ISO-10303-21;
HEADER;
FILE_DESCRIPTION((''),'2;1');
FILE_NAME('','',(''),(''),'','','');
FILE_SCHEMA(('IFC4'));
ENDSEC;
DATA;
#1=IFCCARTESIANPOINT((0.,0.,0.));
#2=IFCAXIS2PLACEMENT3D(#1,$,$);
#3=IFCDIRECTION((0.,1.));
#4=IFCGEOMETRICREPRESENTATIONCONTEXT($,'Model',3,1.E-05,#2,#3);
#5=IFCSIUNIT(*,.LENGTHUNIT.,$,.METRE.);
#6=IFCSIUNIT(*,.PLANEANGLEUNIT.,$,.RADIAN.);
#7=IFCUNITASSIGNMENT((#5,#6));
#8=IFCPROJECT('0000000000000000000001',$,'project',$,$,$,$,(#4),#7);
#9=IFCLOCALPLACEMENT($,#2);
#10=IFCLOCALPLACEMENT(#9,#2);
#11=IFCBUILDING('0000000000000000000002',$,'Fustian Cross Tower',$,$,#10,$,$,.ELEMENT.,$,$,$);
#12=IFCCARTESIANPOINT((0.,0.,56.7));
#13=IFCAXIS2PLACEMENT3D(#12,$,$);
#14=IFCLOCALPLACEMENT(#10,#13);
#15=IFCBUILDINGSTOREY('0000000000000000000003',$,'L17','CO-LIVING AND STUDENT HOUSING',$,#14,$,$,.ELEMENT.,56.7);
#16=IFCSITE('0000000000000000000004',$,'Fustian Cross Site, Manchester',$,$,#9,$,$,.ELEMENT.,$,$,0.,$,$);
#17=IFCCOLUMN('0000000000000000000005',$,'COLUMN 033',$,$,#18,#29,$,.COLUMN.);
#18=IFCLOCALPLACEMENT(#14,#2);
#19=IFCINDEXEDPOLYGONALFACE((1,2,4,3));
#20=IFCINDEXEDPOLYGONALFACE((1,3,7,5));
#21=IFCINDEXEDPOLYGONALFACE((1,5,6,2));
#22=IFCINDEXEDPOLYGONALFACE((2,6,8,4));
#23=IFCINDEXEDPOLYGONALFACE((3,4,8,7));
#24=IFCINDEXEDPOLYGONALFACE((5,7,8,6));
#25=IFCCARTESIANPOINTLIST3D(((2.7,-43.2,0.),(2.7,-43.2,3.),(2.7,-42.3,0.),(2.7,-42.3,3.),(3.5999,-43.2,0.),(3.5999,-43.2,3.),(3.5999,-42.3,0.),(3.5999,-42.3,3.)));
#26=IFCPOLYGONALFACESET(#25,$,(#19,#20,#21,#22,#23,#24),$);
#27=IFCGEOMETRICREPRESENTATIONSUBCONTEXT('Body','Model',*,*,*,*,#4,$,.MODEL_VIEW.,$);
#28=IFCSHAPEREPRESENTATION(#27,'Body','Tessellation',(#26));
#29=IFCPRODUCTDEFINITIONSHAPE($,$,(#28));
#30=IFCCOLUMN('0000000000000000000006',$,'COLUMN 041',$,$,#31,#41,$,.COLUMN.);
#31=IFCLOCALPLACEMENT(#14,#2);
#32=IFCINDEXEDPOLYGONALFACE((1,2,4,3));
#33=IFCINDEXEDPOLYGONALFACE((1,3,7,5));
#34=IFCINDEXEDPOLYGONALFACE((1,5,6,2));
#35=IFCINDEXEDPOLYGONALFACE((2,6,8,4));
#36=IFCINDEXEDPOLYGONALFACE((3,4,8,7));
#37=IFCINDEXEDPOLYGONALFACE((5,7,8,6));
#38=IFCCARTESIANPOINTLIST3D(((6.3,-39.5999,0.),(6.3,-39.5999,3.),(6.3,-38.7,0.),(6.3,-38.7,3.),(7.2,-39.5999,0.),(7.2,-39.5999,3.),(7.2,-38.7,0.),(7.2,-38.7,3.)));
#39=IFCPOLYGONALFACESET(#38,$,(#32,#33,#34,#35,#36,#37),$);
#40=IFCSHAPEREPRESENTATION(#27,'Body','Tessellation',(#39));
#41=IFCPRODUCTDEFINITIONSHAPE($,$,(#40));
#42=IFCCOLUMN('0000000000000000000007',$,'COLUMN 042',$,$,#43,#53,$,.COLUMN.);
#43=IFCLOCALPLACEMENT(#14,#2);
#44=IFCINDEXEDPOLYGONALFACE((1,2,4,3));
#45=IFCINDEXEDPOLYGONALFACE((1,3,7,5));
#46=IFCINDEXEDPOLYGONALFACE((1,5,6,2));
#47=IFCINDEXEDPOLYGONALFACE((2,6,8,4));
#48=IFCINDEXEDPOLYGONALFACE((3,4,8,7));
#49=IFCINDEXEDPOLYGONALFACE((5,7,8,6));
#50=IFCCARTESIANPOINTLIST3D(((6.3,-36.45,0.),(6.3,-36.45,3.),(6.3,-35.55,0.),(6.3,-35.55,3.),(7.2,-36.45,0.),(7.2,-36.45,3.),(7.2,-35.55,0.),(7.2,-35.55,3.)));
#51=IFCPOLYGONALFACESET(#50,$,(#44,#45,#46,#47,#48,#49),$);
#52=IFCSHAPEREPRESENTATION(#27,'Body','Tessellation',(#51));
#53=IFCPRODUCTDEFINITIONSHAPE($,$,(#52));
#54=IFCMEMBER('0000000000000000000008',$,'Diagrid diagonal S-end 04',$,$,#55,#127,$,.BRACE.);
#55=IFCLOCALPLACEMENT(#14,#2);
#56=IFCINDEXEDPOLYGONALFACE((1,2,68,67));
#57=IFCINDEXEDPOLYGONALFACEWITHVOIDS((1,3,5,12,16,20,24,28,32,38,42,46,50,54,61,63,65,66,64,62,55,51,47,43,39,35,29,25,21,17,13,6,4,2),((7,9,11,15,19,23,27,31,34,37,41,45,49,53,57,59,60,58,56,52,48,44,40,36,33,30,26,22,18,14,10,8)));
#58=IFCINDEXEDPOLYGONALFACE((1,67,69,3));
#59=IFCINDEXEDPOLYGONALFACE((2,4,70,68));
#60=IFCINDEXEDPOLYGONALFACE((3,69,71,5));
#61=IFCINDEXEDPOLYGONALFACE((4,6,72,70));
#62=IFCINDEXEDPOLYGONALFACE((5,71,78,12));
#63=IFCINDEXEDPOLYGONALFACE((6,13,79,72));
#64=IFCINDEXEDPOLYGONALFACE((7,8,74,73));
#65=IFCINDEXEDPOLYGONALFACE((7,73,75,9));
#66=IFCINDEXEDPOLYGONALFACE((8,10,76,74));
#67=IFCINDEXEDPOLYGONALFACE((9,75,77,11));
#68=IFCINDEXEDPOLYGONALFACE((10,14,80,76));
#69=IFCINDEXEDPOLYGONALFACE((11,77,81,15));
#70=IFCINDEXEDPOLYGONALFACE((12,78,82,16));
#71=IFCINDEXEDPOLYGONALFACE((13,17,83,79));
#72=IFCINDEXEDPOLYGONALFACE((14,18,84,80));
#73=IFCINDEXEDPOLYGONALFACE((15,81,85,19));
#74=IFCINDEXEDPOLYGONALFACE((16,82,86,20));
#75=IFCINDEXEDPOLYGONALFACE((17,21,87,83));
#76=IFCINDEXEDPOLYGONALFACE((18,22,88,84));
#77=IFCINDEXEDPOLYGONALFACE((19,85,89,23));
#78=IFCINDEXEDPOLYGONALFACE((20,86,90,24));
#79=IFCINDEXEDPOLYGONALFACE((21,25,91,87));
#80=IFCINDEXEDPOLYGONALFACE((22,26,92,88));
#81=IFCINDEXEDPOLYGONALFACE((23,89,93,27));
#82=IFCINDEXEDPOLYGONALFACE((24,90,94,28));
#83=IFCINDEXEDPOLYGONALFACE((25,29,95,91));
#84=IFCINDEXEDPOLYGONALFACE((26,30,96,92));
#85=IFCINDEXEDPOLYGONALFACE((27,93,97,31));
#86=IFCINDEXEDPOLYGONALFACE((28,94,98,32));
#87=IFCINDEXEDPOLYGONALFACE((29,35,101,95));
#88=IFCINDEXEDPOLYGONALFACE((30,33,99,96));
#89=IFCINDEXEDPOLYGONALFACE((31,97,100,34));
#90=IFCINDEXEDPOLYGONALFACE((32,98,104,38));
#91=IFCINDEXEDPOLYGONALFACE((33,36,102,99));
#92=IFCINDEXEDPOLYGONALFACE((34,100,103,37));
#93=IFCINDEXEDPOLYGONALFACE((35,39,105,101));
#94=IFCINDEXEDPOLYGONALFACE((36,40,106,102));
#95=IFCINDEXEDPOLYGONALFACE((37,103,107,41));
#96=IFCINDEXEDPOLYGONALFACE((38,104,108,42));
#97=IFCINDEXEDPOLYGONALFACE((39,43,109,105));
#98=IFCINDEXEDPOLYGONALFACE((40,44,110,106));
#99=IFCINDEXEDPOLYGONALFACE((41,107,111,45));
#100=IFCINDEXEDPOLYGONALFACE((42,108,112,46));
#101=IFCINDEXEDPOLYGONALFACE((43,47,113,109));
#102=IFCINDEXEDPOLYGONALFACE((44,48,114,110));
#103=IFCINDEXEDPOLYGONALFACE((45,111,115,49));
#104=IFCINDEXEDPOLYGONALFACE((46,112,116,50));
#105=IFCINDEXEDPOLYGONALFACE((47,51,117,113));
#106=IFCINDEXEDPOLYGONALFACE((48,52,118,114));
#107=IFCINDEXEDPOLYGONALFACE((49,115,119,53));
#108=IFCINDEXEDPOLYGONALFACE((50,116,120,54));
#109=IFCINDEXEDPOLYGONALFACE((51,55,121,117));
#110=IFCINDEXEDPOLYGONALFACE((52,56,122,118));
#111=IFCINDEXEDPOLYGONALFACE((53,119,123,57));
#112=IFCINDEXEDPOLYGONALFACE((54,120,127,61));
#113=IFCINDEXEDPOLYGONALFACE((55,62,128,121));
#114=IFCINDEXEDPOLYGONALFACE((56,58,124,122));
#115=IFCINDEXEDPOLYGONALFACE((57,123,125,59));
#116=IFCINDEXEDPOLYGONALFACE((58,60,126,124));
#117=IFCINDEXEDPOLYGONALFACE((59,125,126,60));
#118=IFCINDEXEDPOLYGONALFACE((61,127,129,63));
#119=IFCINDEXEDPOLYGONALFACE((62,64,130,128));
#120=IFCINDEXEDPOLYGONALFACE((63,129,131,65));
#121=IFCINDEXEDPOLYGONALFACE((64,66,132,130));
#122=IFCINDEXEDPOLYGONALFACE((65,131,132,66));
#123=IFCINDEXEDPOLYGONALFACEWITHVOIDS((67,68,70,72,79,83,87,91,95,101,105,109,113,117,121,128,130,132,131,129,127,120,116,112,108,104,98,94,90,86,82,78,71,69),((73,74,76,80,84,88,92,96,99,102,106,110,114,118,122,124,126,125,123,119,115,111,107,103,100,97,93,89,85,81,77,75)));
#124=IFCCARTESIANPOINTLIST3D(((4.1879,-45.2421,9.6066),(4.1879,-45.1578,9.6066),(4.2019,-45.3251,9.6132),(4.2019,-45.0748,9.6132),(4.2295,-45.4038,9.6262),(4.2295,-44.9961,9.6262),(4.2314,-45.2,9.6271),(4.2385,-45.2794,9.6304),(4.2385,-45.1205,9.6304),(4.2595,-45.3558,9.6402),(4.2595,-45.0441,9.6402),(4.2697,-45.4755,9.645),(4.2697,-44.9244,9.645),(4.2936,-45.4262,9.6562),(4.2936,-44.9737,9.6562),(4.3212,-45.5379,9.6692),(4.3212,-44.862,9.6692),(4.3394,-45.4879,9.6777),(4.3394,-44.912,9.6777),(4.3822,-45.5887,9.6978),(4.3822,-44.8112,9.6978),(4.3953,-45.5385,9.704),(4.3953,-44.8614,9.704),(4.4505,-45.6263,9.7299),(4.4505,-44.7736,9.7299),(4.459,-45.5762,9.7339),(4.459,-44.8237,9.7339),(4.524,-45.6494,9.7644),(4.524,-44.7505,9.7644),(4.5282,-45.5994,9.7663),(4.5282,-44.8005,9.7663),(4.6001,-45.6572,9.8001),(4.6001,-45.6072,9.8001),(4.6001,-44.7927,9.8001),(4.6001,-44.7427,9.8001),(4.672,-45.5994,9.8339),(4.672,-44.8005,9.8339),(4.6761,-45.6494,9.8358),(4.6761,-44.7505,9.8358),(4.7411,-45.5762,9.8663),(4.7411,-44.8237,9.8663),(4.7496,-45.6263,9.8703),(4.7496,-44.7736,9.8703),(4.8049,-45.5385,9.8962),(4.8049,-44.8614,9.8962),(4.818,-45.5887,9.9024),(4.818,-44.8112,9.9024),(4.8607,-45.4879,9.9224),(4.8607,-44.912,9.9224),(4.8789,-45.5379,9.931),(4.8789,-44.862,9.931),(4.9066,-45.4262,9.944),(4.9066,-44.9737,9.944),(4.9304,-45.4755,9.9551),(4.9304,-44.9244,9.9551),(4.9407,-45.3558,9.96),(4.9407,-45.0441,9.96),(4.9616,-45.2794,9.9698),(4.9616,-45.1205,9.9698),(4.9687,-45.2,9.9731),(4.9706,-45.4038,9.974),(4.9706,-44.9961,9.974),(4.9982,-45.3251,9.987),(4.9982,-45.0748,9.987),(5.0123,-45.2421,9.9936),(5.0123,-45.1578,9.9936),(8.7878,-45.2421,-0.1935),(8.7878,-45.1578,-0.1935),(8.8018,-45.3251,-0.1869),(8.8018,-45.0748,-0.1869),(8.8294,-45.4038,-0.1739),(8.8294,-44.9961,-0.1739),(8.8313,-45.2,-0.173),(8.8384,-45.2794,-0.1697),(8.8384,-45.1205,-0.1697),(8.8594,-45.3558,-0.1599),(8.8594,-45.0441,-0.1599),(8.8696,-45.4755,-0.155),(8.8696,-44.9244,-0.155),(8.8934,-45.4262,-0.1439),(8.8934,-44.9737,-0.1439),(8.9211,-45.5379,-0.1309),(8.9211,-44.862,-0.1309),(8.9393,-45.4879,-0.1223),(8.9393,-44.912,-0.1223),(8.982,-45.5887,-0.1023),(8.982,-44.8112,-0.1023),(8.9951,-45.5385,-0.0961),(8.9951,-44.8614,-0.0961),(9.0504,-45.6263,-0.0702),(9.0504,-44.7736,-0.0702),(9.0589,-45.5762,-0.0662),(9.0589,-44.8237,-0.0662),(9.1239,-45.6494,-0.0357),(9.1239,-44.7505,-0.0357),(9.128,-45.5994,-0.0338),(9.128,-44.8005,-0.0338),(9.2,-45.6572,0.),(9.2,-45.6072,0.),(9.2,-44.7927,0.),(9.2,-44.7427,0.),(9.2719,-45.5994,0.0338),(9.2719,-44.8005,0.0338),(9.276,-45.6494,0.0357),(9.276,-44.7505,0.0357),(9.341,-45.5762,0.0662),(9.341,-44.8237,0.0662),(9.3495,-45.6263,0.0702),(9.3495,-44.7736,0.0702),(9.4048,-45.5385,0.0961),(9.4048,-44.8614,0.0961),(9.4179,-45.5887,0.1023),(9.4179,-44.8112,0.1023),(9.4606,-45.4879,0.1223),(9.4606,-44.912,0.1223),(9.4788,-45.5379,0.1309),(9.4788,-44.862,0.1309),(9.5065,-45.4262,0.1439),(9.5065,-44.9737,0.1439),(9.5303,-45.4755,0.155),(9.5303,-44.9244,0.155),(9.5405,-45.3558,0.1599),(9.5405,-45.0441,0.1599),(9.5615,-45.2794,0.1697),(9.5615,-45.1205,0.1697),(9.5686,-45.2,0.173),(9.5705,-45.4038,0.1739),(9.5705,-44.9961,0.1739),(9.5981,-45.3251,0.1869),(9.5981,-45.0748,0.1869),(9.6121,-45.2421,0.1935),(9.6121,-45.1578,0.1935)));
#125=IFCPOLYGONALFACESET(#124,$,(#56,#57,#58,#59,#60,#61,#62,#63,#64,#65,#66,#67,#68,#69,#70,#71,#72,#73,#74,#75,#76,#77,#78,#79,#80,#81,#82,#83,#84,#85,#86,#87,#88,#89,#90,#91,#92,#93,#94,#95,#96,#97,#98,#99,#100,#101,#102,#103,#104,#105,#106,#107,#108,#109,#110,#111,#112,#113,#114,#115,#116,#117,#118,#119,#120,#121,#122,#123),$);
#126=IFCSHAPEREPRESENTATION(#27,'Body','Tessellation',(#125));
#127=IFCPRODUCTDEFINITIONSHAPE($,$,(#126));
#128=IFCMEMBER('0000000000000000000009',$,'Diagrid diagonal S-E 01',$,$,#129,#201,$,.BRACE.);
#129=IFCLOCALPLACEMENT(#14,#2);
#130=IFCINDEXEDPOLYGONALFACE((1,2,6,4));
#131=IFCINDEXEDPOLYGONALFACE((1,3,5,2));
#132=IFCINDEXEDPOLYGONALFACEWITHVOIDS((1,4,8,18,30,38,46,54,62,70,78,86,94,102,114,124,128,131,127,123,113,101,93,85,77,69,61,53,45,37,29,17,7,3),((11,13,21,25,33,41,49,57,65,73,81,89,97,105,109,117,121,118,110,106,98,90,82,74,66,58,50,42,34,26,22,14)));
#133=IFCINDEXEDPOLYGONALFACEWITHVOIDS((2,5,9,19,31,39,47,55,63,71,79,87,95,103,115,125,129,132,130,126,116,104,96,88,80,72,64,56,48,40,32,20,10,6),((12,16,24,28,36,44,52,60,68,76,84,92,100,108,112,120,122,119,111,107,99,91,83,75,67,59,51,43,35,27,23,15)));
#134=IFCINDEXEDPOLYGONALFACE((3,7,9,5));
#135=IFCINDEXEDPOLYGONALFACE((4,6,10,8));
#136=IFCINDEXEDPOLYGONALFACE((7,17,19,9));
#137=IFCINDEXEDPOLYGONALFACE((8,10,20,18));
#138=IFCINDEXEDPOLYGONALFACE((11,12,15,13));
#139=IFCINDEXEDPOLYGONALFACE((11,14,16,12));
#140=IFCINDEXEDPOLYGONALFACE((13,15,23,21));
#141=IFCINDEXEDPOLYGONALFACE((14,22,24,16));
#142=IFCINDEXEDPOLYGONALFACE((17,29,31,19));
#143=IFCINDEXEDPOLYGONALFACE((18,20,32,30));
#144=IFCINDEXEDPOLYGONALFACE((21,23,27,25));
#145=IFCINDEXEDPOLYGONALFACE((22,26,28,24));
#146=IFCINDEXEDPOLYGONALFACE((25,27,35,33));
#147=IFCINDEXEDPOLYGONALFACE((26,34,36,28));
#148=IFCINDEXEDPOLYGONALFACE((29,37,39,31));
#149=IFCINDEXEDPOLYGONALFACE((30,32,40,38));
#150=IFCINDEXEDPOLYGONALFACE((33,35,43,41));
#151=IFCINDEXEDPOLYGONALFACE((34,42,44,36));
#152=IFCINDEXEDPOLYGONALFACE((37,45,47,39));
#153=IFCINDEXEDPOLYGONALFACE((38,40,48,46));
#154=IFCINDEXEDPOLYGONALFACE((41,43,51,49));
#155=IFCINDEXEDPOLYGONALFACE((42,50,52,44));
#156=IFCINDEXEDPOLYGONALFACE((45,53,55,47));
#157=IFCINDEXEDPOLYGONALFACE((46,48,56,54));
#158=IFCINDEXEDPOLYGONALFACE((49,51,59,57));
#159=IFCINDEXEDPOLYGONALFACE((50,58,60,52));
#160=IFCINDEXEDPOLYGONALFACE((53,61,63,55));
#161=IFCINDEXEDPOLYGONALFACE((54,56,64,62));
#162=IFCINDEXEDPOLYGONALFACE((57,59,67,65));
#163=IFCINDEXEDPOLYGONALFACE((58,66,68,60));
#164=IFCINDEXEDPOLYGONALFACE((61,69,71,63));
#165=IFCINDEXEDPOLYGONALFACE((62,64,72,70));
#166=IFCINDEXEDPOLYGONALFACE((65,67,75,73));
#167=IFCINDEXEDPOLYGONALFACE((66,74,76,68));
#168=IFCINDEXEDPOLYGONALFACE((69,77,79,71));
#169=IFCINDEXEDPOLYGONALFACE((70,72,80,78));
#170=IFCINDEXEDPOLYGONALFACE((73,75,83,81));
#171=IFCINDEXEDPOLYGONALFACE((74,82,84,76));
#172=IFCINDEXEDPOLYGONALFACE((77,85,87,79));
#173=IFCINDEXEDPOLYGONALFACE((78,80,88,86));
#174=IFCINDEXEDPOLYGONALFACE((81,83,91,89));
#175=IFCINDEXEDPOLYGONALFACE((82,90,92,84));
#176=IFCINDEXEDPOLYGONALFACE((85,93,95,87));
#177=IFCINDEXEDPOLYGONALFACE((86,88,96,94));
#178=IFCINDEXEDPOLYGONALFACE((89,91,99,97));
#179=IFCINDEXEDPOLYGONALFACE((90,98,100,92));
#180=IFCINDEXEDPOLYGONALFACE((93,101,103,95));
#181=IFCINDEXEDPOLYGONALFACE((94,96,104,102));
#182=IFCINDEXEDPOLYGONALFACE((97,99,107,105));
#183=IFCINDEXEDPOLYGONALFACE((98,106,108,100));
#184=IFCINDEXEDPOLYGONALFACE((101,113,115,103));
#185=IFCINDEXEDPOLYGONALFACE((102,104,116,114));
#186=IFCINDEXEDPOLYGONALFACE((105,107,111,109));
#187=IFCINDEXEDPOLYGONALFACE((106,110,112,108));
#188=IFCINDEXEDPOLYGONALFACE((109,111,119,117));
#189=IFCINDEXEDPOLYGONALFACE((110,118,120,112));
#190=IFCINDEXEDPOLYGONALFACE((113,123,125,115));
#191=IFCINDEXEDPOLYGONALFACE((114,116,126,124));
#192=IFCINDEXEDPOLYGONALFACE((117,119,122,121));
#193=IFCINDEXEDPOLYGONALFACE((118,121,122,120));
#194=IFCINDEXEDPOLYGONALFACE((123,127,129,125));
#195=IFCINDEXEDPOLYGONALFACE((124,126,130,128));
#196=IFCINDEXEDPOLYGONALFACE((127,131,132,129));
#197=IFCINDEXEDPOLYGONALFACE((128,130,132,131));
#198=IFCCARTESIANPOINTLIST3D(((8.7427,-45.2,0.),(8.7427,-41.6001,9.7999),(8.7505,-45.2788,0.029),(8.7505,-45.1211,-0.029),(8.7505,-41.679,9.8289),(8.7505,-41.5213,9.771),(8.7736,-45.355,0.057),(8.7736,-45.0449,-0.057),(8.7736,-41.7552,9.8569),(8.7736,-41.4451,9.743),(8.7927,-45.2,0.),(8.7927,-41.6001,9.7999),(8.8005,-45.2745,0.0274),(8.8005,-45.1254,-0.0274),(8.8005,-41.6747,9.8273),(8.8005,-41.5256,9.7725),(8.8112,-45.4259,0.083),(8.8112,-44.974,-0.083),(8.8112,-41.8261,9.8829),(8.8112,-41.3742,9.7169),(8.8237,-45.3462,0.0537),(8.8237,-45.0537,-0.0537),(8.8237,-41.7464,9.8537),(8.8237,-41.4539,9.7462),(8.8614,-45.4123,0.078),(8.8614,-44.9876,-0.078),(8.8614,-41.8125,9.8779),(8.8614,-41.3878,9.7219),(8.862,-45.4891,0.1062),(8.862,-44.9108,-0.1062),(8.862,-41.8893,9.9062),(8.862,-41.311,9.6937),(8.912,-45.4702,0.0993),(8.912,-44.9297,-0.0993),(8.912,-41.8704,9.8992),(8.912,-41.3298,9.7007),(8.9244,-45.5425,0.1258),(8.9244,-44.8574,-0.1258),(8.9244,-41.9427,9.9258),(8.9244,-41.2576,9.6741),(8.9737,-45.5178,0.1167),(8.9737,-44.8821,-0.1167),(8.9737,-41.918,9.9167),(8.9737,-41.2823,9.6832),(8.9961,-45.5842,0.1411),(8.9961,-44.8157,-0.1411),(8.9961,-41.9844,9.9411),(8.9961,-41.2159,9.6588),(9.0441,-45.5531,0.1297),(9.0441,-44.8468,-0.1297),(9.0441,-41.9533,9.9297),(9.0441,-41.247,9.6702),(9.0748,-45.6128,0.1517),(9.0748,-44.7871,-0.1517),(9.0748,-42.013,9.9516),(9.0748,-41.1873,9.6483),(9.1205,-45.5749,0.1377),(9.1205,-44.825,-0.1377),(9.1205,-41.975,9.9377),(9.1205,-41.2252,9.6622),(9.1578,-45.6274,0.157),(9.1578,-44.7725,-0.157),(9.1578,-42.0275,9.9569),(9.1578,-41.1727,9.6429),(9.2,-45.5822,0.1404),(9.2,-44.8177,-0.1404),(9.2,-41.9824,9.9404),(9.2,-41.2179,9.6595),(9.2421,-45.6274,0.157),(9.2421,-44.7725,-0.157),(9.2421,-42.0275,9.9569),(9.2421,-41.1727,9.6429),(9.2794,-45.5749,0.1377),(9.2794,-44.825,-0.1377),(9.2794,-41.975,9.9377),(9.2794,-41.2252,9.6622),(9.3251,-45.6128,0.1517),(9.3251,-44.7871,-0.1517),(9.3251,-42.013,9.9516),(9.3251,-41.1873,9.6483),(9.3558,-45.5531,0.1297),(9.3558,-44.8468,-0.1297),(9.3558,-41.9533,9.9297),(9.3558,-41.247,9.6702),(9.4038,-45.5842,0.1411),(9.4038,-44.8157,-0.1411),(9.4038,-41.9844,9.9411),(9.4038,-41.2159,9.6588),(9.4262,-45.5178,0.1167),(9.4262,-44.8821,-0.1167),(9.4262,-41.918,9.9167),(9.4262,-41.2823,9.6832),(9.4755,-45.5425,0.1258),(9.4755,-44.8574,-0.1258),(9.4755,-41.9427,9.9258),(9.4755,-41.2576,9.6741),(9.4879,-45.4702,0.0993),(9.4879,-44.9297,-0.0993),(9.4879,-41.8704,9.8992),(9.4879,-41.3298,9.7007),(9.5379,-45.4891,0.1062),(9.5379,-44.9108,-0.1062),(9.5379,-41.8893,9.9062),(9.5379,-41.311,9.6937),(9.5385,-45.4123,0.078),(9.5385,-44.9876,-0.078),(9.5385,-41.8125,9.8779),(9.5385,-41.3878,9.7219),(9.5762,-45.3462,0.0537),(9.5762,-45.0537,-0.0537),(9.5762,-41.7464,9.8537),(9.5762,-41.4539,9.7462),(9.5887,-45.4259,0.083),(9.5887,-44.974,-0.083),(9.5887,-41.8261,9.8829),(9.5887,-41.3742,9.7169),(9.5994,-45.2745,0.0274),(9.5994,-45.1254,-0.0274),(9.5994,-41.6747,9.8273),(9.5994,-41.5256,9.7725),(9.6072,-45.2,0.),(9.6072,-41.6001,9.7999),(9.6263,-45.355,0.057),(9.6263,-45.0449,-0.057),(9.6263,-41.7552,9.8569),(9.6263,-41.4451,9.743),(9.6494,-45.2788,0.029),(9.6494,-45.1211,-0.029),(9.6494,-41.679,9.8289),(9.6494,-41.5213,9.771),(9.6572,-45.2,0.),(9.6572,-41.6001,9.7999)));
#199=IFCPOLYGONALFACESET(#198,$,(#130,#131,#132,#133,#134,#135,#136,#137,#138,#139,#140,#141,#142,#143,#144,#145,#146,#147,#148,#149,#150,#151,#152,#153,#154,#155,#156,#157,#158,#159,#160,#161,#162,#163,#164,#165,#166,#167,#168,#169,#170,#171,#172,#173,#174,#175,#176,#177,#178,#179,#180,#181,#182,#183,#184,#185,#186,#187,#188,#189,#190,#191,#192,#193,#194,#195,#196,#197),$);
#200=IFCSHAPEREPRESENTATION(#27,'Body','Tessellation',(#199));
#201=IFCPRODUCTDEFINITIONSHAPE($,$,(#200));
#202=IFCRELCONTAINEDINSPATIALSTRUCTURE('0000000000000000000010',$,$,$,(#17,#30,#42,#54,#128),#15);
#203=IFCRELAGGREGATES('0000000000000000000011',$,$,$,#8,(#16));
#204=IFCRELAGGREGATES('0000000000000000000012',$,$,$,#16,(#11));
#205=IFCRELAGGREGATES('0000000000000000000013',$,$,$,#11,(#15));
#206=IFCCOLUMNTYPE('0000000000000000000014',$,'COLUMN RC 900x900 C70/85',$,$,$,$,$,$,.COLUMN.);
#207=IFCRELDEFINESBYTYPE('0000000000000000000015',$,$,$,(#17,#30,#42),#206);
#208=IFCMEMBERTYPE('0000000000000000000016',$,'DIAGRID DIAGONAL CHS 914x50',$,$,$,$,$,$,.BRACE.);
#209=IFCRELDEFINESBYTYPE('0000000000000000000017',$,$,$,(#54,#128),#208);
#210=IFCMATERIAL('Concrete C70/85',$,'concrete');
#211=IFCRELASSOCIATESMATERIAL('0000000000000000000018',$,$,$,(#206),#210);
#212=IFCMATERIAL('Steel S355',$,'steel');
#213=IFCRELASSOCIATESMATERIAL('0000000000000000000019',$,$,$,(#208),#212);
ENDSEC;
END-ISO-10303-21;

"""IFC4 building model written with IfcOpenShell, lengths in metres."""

from ifc_helpers import new_model, si_unit, direction, frame, origin, origin_2d, place, context, subcontext, project, spatial, rectangle, hollow_circle, extrude, material, material_profile, profile_set, type_object, element, save


model = new_model("IFC4")

# Units and contexts
model_context = context("Model", 3, precision=1e-05, world=origin(), true_north=direction((0.0, 1.0)))
body_context = subcontext(model_context, "Body", "Model", "MODEL_VIEW")
ifc_project = project(units=[si_unit("LENGTHUNIT", "METRE"), si_unit("PLANEANGLEUNIT", "RADIAN")], contexts=[model_context])

# Site, building, storey
site_placement = place(None, origin())
site = spatial("IfcSite", under=ifc_project, at=site_placement, Name="Fustian Cross Site, Manchester", CompositionType="ELEMENT", RefElevation=0.0)
building_placement = place(site_placement, origin())
building = spatial("IfcBuilding", under=site, at=building_placement, Name="Fustian Cross Tower", CompositionType="ELEMENT")
storey_placement = place(building_placement, frame((0.0, 0.0, 56.7)))
storey = spatial("IfcBuildingStorey", under=building, at=storey_placement, Name="L17", Description="CO-LIVING AND STUDENT HOUSING", CompositionType="ELEMENT", Elevation=56.7)

# Columns
ifc_material_1 = material(Name="Concrete C70/85", Category="concrete")
ifc_material_profile_1 = material_profile(ifc_material_1, rectangle(XDim=0.8999, YDim=0.8999, at=origin_2d()), Name="RC 900x900")
ifc_profile_set_1 = profile_set([ifc_material_profile_1], Name="Concrete C70/85")
column_type = type_object("IfcColumnType", Name="COLUMN RC 900x900 C70/85", PredefinedType="COLUMN", material=ifc_profile_set_1)
for number, where, z_axis, x_axis, name in (
    (1, (3.1499, -42.75, 0.0), (0.0, 0.0, 1.0), (1.0, 0.0, 0.0), "COLUMN 033"),
    (2, (6.75, -39.1499, 0.0), (0.0, 0.0, 1.0), (1.0, 0.0, 0.0), "COLUMN 041"),
    (3, (6.75, -36.0, 0.0), (0.0, 0.0, 1.0), (1.0, 0.0, 0.0), "COLUMN 042"),
):
    element("IfcColumn", number, at=place(storey_placement, frame(where, z_axis=z_axis, x_axis=x_axis)), inside=storey, type_object=column_type, Name=name, PredefinedType="COLUMN", context=body_context, shape_type="SweptSolid", body=[
        extrude(rectangle(XDim=0.8999, YDim=0.8999, at=origin_2d()), origin(), (0.0, 0.0, 1.0), 3.0),
    ])

# Members
ifc_material_2 = material(Name="Steel S355", Category="steel")
ifc_material_profile_2 = material_profile(ifc_material_2, hollow_circle(Radius=0.4573, WallThickness=0.05, at=origin_2d()), Name="CHS 914x50")
ifc_profile_set_2 = profile_set([ifc_material_profile_2], Name="Steel S355")
member_type = type_object("IfcMemberType", Name="DIAGRID DIAGONAL CHS 914x50", PredefinedType="BRACE", material=ifc_profile_set_2)
member_1_placement = place(storey_placement, frame((9.2, -45.2, 0.0), z_axis=(-0.424894, 0.0, 0.905243), x_axis=(0.0, -1.0, 0.0)))
element("IfcMember", 4, at=member_1_placement, inside=storey, type_object=member_type, Name="Diagrid diagonal S-end 04", PredefinedType="BRACE", context=body_context, shape_type="SweptSolid", body=[
    extrude(hollow_circle(Radius=0.4573, WallThickness=0.05, at=origin_2d()), origin(), (0.0, 0.0, 1.0), 10.8259),
])
member_2_placement = place(storey_placement, frame((9.2, -45.2, 0.0), z_axis=(0.0, 0.344804, 0.938675), x_axis=(-1.0, 0.0, 0.0)))
element("IfcMember", 5, at=member_2_placement, inside=storey, type_object=member_type, Name="Diagrid diagonal S-E 01", PredefinedType="BRACE", context=body_context, shape_type="SweptSolid", body=[
    extrude(hollow_circle(Radius=0.4573, WallThickness=0.05, at=origin_2d()), origin(), (0.0, 0.0, 1.0), 10.4402),
])

save(model, "model.ifc")
